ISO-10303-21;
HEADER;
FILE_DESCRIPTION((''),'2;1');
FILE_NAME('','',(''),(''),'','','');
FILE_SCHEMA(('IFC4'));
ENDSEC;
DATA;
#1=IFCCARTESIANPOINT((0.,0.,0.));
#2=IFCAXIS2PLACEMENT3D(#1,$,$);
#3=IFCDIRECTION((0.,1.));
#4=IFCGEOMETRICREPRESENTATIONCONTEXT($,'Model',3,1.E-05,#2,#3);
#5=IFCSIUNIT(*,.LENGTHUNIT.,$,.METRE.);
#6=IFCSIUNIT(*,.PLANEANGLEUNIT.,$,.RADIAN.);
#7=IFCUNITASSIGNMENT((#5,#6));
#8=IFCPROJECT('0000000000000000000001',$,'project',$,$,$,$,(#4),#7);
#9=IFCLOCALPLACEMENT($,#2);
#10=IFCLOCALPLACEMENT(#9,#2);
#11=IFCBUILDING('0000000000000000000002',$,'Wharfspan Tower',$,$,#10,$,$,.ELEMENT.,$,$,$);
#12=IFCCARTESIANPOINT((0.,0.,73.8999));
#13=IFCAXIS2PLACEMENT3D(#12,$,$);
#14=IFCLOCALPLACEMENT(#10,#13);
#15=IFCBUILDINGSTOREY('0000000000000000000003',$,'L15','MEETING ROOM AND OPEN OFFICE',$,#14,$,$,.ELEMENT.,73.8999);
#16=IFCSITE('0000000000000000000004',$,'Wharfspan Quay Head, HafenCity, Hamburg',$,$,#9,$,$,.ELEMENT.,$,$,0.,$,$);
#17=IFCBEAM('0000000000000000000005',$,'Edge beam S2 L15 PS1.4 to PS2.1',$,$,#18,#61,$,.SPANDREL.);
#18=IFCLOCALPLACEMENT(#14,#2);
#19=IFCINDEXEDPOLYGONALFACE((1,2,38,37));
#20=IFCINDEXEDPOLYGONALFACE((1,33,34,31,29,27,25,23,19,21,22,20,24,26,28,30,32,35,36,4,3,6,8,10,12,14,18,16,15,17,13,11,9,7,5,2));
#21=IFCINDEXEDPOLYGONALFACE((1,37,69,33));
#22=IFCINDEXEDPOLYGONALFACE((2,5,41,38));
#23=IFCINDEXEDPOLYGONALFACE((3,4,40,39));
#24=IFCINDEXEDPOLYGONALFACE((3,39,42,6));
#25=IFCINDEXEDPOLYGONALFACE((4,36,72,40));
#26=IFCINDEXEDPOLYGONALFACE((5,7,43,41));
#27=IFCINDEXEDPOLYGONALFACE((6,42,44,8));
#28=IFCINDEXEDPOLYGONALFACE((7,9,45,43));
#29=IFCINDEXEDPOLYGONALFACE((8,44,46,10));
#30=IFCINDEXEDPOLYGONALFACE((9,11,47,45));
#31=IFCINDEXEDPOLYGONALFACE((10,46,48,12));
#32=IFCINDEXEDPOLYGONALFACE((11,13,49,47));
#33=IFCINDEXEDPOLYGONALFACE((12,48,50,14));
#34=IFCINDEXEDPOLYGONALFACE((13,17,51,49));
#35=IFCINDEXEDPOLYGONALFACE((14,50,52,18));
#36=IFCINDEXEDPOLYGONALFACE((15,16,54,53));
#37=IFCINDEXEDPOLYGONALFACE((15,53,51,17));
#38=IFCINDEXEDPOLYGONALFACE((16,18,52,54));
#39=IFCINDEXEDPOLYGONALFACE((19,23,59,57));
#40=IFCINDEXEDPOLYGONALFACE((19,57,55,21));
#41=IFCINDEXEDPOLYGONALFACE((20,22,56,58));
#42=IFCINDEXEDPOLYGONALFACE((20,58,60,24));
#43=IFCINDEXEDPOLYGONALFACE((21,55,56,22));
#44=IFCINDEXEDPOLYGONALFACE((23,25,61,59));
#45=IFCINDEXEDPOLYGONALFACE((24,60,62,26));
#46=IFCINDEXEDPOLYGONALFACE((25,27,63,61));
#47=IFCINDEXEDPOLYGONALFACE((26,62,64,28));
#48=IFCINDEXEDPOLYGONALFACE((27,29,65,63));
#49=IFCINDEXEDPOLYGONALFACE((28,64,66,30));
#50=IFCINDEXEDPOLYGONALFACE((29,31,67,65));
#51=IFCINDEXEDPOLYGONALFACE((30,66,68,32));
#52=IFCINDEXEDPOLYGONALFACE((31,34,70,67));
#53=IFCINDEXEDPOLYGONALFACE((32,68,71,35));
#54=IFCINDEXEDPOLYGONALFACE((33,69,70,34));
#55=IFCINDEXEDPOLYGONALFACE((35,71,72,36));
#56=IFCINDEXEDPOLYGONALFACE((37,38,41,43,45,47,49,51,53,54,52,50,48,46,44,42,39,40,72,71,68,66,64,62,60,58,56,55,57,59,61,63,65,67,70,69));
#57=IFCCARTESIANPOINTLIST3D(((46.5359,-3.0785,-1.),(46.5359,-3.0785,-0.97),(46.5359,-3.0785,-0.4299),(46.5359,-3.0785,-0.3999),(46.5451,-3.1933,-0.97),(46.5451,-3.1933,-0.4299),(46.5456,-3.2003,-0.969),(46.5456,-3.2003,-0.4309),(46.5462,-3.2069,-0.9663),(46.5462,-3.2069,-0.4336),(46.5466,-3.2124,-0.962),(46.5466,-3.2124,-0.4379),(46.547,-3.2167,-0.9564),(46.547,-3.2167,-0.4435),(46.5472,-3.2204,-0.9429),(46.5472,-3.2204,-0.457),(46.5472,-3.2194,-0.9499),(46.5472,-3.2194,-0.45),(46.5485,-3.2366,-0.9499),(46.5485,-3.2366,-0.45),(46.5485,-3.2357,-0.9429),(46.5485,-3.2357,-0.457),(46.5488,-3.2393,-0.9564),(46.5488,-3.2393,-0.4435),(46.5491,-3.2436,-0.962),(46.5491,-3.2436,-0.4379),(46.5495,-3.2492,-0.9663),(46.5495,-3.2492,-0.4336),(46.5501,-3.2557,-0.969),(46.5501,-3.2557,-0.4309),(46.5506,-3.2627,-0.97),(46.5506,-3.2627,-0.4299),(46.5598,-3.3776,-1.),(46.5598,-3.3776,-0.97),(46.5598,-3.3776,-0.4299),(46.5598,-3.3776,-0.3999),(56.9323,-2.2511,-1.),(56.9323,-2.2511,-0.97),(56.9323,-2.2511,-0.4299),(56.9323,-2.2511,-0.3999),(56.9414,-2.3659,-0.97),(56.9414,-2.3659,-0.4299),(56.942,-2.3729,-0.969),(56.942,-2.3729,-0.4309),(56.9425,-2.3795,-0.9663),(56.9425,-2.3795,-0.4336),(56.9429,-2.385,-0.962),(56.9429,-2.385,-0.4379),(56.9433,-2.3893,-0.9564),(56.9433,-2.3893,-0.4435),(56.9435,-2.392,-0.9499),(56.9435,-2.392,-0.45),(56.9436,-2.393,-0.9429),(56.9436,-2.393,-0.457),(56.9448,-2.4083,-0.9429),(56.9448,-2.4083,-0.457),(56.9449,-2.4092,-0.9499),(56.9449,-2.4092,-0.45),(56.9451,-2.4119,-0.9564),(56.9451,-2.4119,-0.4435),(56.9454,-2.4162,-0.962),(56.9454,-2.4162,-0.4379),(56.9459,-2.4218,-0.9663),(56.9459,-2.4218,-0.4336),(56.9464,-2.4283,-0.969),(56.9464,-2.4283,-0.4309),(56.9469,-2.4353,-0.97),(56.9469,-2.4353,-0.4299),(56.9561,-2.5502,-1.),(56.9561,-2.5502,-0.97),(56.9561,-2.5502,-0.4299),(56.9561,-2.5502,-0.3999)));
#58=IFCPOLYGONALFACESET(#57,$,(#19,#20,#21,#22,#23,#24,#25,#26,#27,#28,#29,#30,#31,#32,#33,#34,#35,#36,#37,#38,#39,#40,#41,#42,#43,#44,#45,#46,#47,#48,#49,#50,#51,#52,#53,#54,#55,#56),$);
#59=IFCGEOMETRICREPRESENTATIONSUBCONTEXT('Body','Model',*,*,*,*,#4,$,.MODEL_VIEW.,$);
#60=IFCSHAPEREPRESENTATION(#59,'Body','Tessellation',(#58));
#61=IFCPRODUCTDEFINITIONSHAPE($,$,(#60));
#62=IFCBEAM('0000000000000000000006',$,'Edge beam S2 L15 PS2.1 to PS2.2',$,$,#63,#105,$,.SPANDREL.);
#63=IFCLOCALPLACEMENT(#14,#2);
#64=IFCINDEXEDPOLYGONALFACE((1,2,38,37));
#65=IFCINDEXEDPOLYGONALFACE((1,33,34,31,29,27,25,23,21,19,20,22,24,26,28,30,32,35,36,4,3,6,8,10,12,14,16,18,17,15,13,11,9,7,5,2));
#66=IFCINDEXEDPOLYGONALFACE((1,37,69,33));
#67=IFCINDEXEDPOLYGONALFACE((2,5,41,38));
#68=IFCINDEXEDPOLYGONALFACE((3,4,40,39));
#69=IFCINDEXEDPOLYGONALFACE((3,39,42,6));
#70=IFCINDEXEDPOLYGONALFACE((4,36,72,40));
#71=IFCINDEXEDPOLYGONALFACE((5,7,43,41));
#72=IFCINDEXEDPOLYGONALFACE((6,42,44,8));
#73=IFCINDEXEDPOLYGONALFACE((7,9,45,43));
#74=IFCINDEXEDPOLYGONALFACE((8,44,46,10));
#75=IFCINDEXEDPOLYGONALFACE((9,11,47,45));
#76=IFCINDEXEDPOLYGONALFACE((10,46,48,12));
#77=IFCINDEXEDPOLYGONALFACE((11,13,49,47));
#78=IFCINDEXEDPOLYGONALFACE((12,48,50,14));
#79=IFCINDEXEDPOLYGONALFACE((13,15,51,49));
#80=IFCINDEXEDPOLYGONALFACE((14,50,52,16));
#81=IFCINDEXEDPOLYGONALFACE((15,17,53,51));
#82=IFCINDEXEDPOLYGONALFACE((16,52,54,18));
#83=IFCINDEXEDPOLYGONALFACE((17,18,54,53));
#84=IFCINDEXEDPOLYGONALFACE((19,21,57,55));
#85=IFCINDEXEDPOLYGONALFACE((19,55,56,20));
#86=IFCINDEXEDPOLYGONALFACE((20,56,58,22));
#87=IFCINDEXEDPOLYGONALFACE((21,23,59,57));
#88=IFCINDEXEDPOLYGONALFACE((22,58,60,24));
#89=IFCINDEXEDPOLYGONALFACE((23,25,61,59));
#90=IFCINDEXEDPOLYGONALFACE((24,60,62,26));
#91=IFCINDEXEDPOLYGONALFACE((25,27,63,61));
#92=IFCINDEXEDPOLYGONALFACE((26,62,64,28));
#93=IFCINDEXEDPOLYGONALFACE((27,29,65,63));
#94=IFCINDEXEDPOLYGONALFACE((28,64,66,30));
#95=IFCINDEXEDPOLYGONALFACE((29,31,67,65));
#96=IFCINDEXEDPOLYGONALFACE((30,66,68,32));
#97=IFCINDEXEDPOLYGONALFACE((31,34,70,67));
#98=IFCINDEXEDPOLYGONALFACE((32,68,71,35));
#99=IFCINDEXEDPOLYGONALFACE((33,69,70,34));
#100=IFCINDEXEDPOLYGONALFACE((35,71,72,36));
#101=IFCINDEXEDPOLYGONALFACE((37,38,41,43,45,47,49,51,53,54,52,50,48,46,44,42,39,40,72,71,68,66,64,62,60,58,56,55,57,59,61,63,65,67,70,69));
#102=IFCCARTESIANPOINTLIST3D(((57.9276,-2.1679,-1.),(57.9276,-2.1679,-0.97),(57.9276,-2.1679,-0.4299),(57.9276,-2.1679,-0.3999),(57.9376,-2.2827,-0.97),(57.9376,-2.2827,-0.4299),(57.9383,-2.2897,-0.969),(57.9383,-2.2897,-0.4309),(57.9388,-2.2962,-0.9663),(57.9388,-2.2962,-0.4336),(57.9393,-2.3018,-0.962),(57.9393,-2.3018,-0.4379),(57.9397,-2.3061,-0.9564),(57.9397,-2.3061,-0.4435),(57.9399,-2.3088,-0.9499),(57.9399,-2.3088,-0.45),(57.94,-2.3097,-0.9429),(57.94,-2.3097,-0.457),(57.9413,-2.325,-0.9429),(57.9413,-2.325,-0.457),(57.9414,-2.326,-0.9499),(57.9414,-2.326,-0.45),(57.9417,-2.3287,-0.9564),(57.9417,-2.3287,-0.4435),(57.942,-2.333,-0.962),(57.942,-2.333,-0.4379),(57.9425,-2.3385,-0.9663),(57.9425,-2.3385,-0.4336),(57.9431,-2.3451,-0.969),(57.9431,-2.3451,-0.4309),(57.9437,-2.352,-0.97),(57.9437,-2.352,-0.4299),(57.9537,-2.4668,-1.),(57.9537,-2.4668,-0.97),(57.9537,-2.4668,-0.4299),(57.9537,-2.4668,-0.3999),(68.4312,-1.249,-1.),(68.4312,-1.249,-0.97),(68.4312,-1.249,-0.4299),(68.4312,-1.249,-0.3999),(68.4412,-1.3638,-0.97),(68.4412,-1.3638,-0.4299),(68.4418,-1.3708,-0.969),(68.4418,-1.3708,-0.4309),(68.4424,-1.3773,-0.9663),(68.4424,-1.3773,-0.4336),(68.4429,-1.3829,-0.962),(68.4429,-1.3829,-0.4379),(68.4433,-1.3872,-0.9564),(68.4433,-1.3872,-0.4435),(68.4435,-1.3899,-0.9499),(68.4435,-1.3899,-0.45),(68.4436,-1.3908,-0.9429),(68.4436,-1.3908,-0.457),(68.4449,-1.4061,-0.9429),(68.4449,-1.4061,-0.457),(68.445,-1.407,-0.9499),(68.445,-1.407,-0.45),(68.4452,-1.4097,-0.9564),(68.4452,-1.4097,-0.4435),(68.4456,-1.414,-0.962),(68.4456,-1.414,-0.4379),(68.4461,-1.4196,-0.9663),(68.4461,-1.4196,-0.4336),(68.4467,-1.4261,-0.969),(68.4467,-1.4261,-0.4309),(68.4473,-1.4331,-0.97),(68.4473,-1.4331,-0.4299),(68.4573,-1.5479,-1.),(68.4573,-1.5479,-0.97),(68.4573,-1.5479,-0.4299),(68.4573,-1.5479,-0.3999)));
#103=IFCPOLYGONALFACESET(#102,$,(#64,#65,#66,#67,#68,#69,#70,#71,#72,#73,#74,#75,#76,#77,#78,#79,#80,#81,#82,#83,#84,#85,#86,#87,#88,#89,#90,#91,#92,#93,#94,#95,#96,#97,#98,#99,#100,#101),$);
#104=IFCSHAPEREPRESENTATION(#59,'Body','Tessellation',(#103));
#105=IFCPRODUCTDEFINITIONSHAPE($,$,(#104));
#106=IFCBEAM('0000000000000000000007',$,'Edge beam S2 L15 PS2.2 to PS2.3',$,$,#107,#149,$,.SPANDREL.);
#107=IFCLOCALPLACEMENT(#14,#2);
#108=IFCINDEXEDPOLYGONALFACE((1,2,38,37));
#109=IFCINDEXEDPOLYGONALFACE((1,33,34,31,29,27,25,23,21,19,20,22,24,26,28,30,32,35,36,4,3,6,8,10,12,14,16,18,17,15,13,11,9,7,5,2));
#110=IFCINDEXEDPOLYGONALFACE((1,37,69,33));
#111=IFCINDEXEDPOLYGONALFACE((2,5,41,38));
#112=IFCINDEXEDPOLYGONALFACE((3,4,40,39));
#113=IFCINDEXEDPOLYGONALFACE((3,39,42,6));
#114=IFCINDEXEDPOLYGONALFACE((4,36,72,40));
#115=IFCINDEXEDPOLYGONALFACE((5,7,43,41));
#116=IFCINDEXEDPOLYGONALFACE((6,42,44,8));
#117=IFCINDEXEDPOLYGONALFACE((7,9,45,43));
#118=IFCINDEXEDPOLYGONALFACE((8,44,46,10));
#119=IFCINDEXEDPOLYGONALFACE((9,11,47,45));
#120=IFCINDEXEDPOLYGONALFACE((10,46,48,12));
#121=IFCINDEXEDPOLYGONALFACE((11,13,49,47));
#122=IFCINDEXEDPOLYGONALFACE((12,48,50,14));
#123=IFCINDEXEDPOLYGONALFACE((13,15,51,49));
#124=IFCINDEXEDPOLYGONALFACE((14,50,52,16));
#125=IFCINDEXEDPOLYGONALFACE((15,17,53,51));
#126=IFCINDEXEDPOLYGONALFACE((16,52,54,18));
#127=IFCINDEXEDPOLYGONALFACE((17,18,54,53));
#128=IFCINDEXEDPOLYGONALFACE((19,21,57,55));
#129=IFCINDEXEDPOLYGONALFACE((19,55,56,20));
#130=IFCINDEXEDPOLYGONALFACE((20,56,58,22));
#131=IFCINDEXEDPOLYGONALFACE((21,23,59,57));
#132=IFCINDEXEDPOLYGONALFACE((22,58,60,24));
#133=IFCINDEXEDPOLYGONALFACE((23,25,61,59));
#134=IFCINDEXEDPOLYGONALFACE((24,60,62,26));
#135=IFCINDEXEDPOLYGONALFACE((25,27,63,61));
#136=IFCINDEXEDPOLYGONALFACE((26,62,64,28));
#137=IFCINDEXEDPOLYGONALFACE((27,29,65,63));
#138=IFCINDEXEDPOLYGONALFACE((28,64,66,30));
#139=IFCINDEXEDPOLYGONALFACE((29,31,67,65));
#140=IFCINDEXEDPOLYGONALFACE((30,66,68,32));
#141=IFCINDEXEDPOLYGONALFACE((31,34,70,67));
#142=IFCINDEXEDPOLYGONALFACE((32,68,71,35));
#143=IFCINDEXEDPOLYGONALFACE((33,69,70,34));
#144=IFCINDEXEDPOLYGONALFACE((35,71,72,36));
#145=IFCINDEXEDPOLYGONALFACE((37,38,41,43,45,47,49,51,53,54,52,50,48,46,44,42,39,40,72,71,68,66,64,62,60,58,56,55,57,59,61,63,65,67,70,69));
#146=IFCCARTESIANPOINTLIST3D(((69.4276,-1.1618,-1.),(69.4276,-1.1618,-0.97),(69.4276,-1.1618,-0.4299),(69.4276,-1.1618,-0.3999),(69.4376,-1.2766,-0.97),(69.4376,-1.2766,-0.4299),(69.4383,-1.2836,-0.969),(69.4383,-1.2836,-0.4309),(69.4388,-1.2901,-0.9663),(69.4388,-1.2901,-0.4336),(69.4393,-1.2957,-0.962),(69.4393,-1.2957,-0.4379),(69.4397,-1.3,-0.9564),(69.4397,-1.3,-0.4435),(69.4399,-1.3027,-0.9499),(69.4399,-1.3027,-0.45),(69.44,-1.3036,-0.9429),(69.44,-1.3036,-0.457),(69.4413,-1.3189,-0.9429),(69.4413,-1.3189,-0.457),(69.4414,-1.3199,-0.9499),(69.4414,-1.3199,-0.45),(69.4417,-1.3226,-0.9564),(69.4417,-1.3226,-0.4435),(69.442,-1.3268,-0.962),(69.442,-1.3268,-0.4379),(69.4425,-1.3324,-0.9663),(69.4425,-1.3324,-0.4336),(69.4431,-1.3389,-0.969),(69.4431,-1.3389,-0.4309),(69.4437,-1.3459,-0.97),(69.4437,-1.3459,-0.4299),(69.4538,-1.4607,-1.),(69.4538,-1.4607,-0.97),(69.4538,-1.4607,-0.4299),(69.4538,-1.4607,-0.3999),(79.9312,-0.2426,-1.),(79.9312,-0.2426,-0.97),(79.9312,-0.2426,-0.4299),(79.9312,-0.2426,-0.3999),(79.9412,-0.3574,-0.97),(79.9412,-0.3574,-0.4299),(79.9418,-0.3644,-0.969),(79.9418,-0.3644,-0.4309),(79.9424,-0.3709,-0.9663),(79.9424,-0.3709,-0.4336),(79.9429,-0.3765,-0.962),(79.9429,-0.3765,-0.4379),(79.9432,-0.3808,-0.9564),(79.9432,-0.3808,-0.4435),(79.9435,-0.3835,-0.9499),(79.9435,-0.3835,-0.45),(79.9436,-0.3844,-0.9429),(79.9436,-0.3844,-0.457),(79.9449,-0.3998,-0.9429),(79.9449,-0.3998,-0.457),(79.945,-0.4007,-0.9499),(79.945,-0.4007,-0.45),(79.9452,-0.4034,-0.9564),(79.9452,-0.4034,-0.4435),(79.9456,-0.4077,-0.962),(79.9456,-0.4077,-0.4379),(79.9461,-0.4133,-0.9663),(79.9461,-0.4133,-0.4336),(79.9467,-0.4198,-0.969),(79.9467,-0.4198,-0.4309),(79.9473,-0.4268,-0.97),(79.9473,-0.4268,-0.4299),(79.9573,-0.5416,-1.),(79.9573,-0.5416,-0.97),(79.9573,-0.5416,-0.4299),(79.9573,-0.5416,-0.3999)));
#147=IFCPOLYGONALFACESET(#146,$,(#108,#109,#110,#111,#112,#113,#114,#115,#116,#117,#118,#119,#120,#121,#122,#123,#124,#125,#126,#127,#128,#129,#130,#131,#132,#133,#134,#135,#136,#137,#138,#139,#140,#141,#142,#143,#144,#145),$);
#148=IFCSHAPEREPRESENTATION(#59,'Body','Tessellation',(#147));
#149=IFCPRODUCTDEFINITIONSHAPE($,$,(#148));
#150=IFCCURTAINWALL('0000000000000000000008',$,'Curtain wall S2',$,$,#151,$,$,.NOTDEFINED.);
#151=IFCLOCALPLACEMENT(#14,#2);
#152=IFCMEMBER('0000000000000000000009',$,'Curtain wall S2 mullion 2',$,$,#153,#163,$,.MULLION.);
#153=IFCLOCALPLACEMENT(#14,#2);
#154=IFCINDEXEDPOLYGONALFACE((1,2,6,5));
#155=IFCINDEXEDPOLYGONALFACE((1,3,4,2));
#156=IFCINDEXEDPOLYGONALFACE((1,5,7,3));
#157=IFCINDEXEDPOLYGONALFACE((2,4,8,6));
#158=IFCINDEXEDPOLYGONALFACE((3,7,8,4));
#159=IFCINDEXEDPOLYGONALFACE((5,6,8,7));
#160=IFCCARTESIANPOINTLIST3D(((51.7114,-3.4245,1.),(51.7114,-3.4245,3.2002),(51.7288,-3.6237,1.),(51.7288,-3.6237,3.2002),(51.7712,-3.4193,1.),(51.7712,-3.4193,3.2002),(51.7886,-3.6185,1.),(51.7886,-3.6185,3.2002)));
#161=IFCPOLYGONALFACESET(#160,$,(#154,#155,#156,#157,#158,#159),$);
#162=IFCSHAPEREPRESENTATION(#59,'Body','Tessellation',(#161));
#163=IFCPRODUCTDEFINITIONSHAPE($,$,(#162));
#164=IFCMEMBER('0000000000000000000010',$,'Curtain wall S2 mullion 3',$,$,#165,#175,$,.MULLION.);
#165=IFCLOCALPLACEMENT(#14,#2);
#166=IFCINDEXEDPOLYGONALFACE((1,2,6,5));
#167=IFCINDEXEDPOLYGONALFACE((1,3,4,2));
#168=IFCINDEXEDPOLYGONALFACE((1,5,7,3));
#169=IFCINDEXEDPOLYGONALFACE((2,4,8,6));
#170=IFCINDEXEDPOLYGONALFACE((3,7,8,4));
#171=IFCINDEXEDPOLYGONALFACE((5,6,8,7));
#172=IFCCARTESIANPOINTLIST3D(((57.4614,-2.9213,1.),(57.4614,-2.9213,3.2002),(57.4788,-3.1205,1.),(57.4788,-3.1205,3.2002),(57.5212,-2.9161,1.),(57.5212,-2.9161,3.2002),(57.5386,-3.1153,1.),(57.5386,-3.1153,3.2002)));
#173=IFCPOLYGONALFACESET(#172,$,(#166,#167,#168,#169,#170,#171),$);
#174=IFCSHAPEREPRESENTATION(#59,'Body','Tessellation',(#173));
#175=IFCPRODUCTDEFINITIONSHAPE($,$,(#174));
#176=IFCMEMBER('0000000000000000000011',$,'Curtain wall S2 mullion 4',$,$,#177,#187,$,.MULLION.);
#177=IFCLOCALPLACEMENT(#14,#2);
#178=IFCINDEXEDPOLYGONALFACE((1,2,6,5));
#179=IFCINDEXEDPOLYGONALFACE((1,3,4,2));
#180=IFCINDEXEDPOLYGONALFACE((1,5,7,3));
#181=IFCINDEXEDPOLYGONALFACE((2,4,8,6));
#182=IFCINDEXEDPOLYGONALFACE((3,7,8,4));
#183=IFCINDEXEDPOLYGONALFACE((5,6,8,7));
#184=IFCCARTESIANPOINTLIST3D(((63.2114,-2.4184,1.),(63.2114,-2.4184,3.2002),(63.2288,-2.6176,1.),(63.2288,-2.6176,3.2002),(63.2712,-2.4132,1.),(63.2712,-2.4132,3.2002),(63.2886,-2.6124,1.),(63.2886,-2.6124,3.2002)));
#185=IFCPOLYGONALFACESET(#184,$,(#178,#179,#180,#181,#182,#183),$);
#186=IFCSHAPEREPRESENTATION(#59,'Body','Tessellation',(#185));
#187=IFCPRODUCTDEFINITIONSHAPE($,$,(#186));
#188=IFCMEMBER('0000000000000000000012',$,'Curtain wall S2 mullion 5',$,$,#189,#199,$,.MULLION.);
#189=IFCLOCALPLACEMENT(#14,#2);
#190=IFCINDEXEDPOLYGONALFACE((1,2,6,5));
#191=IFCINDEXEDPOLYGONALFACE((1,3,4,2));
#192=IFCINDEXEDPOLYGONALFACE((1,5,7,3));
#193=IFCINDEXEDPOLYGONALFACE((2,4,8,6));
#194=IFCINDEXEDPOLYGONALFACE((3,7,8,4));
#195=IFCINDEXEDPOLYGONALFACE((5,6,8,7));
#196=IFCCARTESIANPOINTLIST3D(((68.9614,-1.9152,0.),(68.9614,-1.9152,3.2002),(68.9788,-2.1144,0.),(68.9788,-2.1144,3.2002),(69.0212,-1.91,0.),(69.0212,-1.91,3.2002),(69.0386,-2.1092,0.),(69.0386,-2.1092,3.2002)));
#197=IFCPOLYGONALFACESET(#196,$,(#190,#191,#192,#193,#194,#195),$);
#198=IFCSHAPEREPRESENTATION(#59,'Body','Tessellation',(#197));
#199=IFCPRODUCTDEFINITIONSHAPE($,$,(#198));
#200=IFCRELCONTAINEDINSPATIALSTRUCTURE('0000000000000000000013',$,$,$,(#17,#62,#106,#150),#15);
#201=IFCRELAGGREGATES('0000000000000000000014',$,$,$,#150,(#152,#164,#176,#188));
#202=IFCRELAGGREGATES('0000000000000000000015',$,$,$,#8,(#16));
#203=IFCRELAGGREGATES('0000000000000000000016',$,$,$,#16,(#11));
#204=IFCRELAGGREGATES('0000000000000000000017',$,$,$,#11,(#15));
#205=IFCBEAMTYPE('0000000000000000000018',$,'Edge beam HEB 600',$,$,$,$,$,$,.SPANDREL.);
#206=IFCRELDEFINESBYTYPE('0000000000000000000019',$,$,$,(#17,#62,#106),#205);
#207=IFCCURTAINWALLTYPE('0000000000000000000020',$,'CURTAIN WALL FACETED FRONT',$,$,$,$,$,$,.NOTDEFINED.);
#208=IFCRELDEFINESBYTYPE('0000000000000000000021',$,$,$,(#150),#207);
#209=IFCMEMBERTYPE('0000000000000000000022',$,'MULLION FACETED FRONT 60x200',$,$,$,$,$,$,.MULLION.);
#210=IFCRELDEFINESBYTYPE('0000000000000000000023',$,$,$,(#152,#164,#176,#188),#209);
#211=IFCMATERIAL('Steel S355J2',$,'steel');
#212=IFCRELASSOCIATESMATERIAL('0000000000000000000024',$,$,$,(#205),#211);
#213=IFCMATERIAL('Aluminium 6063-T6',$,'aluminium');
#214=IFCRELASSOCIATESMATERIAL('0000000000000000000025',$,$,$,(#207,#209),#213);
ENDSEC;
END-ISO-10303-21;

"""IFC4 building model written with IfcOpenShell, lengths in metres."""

from ifc_helpers import new_model, si_unit, direction, frame, origin, origin_2d, place, context, subcontext, project, spatial, rectangle, i_section, extrude, material, material_profile, profile_set, type_object, element, aggregate, save


model = new_model("IFC4")

# Units and contexts
model_context = context("Model", 3, precision=1e-05, world=origin(), true_north=direction((0.0, 1.0)))
body_context = subcontext(model_context, "Body", "Model", "MODEL_VIEW")
ifc_project = project(units=[si_unit("LENGTHUNIT", "METRE"), si_unit("PLANEANGLEUNIT", "RADIAN")], contexts=[model_context])

# Site, building, storey
site_placement = place(None, origin())
site = spatial("IfcSite", under=ifc_project, at=site_placement, Name="Wharfspan Quay Head, HafenCity, Hamburg", CompositionType="ELEMENT", RefElevation=0.0)
building_placement = place(site_placement, origin())
building = spatial("IfcBuilding", under=site, at=building_placement, Name="Wharfspan Tower", CompositionType="ELEMENT")
storey_placement = place(building_placement, frame((0.0, 0.0, 73.8999)))
storey = spatial("IfcBuildingStorey", under=building, at=storey_placement, Name="L15", Description="MEETING ROOM AND OPEN OFFICE", CompositionType="ELEMENT", Elevation=73.8999)

# Shared definitions
ifc_material_1 = material(Name="Steel S355J2", Category="steel")

# Beams
ifc_material_profile_1 = material_profile(ifc_material_1, i_section(OverallWidth=0.3, OverallDepth=0.6001, WebThickness=0.0154, FlangeThickness=0.03, FilletRadius=0.0271, at=origin_2d()))
ifc_profile_set_1 = profile_set([ifc_material_profile_1], Name="Steel S355J2")
beam_type = type_object("IfcBeamType", Name="Edge beam HEB 600", PredefinedType="SPANDREL", material=ifc_profile_set_1)
beam_placement = place(storey_placement, frame((46.5479, -3.228, -0.7), z_axis=(0.996848, 0.079335, 0.0), x_axis=(-0.079335, 0.996848, 0.0)))
element("IfcBeam", 1, at=beam_placement, inside=storey, type_object=beam_type, Name="Edge beam S2 L15 PS1.4 to PS2.1", PredefinedType="SPANDREL", context=body_context, shape_type="SweptSolid", body=[
    extrude(i_section(OverallWidth=0.3, OverallDepth=0.6001, WebThickness=0.0154, FlangeThickness=0.03, FilletRadius=0.0271, at=origin_2d()), origin(), (0.0, 0.0, 1.0), 10.4292),
])
for number, where, z_axis, x_axis, name in (
    (2, (57.9407, -2.3174, -0.7), (0.996195, 0.087155, 0.0), (-0.087155, 0.996195, 0.0), "Edge beam S2 L15 PS2.1 to PS2.2"),
    (3, (69.4407, -1.3113, -0.7), (0.996193, 0.087178, 0.0), (-0.087178, 0.996193, 0.0), "Edge beam S2 L15 PS2.2 to PS2.3"),
):
    element("IfcBeam", number, at=place(storey_placement, frame(where, z_axis=z_axis, x_axis=x_axis)), inside=storey, type_object=beam_type, Name=name, PredefinedType="SPANDREL", context=body_context, shape_type="SweptSolid", body=[
        extrude(i_section(OverallWidth=0.3, OverallDepth=0.6001, WebThickness=0.0154, FlangeThickness=0.03, FilletRadius=0.0271, at=origin_2d()), origin(), (0.0, 0.0, 1.0), 10.5437),
    ])

# Curtain wall, members
ifc_material_2 = material(Name="Aluminium 6063-T6", Category="aluminium")
curtain_wall_type = type_object("IfcCurtainWallType", Name="CURTAIN WALL FACETED FRONT", PredefinedType="NOTDEFINED", material=ifc_material_2)
curtain_wall_placement = place(storey_placement, origin())
curtain_wall = element("IfcCurtainWall", 4, at=curtain_wall_placement, inside=storey, type_object=curtain_wall_type, Name="Curtain wall S2", PredefinedType="NOTDEFINED")
ifc_material_profile_2 = material_profile(ifc_material_2, rectangle(XDim=0.2, YDim=0.0601, at=origin_2d()))
ifc_profile_set_2 = profile_set([ifc_material_profile_2], Name="Aluminium 6063-T6")
member_type_1 = type_object("IfcMemberType", Name="MULLION FACETED FRONT 60x200", PredefinedType="MULLION", material=ifc_profile_set_2)
member_1_placement = place(storey_placement, frame((51.75, -3.5215, 1.0), z_axis=(0.0, 0.0, 1.0), x_axis=(-0.087156, 0.996197, 0.0)))
member_1 = element("IfcMember", 5, at=member_1_placement, type_object=member_type_1, Name="Curtain wall S2 mullion 2", PredefinedType="MULLION", context=body_context, shape_type="SweptSolid", body=[
    extrude(rectangle(XDim=0.2, YDim=0.0601, at=origin_2d()), origin(), (0.0, 0.0, 1.0), 2.2002),
])
member_2_placement = place(storey_placement, frame((57.5, -3.0183, 1.0), z_axis=(0.0, 0.0, 1.0), x_axis=(-0.087156, 0.996197, 0.0)))
member_2 = element("IfcMember", 6, at=member_2_placement, type_object=member_type_1, Name="Curtain wall S2 mullion 3", PredefinedType="MULLION", context=body_context, shape_type="SweptSolid", body=[
    extrude(rectangle(XDim=0.2, YDim=0.0601, at=origin_2d()), origin(), (0.0, 0.0, 1.0), 2.2002),
])
member_3_placement = place(storey_placement, frame((63.25, -2.5154, 1.0), z_axis=(0.0, 0.0, 1.0), x_axis=(-0.087156, 0.996197, 0.0)))
member_3 = element("IfcMember", 7, at=member_3_placement, type_object=member_type_1, Name="Curtain wall S2 mullion 4", PredefinedType="MULLION", context=body_context, shape_type="SweptSolid", body=[
    extrude(rectangle(XDim=0.2, YDim=0.0601, at=origin_2d()), origin(), (0.0, 0.0, 1.0), 2.2002),
])
member_4_placement = place(storey_placement, frame((69.0, -2.0122, 0.0), z_axis=(0.0, 0.0, 1.0), x_axis=(-0.087156, 0.996197, 0.0)))
member_4 = element("IfcMember", 8, at=member_4_placement, type_object=member_type_1, Name="Curtain wall S2 mullion 5", PredefinedType="MULLION", context=body_context, shape_type="SweptSolid", body=[
    extrude(rectangle(XDim=0.2, YDim=0.0601, at=origin_2d()), origin(), (0.0, 0.0, 1.0), 3.2002),
])

aggregate(curtain_wall, [member_1, member_2, member_3, member_4])

save(model, "model.ifc")
